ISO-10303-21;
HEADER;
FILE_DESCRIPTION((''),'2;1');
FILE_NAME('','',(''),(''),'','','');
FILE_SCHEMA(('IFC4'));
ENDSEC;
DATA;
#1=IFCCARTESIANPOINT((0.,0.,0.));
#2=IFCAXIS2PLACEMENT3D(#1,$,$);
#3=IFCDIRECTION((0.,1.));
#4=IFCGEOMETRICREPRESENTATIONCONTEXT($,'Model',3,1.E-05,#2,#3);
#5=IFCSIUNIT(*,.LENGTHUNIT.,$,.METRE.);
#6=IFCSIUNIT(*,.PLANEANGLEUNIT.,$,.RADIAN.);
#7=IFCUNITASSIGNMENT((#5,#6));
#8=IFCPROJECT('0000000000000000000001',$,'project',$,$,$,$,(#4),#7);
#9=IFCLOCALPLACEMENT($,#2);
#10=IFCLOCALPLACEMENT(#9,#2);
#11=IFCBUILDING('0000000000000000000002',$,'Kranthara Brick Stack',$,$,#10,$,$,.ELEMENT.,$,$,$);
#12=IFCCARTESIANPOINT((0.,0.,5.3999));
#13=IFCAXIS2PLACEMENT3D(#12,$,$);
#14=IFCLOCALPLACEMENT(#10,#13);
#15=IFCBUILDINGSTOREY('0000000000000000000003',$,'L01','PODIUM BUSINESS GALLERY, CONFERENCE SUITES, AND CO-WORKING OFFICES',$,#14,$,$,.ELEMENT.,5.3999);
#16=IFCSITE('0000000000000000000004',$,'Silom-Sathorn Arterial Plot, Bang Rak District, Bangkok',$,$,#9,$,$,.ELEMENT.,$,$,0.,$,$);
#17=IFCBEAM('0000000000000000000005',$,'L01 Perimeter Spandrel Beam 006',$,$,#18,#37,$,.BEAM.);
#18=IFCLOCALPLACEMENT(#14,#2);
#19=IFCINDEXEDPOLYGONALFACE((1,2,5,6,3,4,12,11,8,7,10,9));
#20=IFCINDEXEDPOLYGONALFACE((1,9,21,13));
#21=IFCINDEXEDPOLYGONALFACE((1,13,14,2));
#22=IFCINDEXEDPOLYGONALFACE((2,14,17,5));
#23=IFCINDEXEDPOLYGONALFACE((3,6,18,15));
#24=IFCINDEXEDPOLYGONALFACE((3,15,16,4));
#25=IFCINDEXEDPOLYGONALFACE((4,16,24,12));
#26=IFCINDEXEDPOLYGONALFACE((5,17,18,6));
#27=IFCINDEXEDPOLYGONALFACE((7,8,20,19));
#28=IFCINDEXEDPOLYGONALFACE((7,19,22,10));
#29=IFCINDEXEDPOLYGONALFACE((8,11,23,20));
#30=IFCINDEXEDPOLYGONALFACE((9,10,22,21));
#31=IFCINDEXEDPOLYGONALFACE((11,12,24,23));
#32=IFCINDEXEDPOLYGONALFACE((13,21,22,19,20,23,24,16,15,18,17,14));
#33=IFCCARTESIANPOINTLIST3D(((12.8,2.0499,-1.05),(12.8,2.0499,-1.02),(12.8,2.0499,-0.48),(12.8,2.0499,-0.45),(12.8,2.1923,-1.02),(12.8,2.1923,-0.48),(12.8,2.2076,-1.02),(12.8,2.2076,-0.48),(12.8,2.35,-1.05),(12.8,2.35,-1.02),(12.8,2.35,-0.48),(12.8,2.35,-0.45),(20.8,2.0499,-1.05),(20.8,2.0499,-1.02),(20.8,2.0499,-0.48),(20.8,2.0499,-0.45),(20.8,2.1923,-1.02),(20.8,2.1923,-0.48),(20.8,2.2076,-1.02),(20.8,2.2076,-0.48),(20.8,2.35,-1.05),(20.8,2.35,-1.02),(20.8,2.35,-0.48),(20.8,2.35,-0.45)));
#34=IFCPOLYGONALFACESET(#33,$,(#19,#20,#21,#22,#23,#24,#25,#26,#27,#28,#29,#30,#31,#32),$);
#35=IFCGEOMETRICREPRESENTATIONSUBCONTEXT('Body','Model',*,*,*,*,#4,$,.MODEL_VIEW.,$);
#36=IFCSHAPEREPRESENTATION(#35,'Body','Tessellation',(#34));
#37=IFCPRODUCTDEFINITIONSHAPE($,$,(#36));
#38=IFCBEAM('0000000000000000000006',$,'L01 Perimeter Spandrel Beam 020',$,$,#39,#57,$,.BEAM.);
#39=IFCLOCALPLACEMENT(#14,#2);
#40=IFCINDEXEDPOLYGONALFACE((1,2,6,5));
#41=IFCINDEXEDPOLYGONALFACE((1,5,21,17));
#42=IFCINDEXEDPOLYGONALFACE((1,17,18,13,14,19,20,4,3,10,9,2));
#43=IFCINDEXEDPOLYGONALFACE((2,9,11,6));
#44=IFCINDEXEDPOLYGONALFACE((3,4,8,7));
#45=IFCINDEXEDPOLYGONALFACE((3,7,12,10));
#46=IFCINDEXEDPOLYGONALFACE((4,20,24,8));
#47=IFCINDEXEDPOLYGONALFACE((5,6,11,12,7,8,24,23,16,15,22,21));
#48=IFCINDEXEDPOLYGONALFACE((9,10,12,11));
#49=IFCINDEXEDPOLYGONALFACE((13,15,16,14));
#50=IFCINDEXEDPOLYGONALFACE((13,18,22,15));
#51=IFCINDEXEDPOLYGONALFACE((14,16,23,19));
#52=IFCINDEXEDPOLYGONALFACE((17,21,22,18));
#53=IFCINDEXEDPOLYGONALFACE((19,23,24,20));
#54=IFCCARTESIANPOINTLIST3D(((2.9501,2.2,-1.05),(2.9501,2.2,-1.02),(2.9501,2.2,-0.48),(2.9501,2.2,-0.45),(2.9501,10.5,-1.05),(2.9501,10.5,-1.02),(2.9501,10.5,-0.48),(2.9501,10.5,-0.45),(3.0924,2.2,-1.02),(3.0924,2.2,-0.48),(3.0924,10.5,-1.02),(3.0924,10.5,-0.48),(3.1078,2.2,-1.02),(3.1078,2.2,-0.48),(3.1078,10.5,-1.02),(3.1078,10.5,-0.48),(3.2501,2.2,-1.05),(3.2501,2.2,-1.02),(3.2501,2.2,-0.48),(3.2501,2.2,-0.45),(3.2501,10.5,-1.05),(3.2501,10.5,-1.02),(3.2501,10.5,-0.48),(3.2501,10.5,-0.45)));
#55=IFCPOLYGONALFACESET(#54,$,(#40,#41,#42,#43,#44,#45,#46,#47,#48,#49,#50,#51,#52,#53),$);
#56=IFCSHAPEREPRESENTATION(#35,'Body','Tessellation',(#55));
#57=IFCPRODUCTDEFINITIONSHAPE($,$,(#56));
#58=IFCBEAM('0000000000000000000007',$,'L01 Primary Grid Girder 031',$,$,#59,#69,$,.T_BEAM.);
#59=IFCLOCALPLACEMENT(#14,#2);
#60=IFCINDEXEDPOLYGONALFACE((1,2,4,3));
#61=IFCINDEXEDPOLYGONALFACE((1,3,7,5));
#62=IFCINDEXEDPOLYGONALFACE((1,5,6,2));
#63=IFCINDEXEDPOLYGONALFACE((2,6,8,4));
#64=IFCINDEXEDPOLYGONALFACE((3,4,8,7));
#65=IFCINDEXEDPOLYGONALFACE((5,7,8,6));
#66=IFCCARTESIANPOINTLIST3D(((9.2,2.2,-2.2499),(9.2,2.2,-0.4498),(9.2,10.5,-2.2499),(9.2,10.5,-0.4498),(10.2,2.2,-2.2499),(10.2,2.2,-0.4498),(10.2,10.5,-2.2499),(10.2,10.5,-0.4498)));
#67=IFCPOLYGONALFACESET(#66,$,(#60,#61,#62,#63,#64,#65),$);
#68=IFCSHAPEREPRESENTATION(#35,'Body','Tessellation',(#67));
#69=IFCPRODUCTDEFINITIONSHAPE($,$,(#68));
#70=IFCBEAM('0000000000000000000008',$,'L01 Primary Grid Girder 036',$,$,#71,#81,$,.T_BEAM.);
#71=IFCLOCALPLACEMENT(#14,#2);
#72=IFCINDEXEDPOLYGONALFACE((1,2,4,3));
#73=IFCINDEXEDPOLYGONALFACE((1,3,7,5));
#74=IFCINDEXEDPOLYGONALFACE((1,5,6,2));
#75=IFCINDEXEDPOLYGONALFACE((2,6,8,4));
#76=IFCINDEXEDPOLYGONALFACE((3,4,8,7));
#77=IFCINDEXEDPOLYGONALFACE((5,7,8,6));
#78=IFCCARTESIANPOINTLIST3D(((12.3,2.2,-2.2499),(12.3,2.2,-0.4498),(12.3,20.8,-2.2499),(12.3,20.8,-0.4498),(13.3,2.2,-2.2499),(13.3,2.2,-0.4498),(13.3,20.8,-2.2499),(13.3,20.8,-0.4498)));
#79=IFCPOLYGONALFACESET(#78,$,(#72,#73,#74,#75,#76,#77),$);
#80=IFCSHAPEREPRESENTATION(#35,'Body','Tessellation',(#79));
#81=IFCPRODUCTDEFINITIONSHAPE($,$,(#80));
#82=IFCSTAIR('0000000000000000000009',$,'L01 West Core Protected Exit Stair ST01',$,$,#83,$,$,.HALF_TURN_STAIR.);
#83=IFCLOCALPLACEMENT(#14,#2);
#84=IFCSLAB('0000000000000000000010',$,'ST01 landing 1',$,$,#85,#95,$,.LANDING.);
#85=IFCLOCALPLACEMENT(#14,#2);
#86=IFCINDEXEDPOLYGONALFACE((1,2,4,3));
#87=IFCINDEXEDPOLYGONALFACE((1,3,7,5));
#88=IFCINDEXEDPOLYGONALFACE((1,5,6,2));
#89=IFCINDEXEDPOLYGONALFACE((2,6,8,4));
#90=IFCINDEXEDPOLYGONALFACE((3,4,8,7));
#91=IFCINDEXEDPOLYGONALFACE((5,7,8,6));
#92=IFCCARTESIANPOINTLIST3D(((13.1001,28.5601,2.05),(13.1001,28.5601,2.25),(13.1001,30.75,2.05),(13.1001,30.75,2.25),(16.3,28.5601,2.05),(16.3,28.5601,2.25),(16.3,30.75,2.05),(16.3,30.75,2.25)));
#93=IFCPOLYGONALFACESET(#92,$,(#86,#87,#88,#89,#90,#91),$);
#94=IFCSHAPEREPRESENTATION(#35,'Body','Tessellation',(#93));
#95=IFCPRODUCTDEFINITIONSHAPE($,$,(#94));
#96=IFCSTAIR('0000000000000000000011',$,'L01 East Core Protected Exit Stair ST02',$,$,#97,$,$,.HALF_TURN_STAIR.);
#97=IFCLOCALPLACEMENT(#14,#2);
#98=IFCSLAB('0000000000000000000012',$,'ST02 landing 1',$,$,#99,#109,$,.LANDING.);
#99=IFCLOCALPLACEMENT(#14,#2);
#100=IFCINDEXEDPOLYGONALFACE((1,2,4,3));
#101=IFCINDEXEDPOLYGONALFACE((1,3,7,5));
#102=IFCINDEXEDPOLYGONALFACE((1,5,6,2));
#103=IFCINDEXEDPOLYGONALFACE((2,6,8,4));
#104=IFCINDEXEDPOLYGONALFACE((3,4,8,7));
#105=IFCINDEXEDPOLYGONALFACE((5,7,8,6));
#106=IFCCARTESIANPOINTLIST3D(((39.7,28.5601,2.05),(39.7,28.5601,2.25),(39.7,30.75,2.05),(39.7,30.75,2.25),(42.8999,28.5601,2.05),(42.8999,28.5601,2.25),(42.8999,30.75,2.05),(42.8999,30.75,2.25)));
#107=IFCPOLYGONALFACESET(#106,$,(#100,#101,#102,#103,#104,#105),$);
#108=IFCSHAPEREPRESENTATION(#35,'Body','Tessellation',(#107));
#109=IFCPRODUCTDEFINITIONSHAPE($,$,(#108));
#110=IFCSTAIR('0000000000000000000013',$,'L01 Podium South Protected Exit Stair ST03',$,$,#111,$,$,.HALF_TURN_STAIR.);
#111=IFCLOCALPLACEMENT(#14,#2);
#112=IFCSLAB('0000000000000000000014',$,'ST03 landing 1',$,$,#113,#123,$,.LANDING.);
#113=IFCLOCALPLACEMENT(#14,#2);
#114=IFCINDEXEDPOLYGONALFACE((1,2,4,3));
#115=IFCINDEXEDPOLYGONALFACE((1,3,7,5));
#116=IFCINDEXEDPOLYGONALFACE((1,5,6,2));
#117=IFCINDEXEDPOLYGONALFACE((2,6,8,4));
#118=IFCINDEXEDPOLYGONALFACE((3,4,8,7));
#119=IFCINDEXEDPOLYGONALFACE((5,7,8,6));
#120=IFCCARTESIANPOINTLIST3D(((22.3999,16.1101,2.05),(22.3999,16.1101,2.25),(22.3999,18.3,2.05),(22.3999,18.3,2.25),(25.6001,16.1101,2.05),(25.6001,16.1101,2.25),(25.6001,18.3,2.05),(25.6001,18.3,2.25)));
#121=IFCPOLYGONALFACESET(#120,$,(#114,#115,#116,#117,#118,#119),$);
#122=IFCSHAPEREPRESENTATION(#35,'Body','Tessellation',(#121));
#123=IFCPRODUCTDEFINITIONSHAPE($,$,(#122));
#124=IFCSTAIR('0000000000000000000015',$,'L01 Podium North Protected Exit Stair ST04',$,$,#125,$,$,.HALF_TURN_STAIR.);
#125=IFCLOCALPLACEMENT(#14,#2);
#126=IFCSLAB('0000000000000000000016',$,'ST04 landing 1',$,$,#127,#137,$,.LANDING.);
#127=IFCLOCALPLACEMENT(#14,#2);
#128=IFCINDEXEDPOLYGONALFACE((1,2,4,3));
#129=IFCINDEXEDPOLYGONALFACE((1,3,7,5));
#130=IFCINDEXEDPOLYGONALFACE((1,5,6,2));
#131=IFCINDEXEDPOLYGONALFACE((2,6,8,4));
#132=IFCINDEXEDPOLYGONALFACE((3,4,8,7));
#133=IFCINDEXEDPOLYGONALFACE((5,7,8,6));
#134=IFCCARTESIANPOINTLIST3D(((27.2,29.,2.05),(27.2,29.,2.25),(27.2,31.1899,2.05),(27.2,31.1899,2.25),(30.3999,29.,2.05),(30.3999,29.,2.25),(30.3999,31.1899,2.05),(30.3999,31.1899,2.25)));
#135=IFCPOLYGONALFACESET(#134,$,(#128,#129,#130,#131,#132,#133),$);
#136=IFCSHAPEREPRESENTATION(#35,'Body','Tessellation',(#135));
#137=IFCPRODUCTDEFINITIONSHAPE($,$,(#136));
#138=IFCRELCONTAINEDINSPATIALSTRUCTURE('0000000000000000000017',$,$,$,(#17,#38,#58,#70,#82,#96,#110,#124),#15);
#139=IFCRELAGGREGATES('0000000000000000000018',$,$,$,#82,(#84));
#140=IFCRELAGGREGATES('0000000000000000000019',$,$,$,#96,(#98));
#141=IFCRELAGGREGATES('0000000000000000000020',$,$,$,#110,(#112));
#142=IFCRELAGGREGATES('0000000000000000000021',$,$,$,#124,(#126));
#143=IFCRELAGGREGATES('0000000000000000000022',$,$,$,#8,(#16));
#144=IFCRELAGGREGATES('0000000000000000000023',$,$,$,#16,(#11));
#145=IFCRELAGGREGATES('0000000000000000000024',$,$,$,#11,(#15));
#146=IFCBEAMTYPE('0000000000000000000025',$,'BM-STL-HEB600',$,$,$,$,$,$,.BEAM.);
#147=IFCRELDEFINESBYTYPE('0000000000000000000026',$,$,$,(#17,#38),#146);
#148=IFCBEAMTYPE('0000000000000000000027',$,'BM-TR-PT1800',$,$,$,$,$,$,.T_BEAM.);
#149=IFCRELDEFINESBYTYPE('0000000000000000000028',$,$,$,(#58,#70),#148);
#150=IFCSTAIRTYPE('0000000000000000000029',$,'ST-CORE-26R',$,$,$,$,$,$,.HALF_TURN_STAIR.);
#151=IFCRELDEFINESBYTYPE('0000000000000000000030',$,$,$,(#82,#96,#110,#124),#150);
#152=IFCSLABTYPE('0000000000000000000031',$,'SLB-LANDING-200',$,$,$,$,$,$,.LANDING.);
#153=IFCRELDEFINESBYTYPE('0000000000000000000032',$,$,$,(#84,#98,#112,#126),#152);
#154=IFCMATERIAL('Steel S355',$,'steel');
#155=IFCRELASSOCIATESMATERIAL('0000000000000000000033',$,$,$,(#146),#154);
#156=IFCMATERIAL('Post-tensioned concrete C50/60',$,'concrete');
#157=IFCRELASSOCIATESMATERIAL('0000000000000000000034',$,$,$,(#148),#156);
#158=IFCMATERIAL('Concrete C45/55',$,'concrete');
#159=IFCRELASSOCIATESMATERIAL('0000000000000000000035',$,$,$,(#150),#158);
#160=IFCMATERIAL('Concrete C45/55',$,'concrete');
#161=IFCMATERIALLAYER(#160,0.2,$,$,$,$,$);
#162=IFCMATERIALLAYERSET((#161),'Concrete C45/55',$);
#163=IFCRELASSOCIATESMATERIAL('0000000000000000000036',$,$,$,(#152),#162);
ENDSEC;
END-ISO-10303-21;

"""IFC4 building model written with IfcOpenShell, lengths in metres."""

from ifc_helpers import new_model, si_unit, direction, frame, origin, origin_2d, place, context, subcontext, project, spatial, polyline, rectangle, i_section, outline, extrude, material, layer, layer_set, material_profile, profile_set, type_object, element, aggregate, save


model = new_model("IFC4")

# Units and contexts
model_context = context("Model", 3, precision=1e-05, world=origin(), true_north=direction((0.0, 1.0)))
body_context = subcontext(model_context, "Body", "Model", "MODEL_VIEW")
ifc_project = project(units=[si_unit("LENGTHUNIT", "METRE"), si_unit("PLANEANGLEUNIT", "RADIAN")], contexts=[model_context])

# Site, building, storey
site_placement = place(None, origin())
site = spatial("IfcSite", under=ifc_project, at=site_placement, Name="Silom-Sathorn Arterial Plot, Bang Rak District, Bangkok", CompositionType="ELEMENT", RefElevation=0.0)
building_placement = place(site_placement, origin())
building = spatial("IfcBuilding", under=site, at=building_placement, Name="Kranthara Brick Stack", CompositionType="ELEMENT")
storey_placement = place(building_placement, frame((0.0, 0.0, 5.3999)))
storey = spatial("IfcBuildingStorey", under=building, at=storey_placement, Name="L01", Description="PODIUM BUSINESS GALLERY, CONFERENCE SUITES, AND CO-WORKING OFFICES", CompositionType="ELEMENT", Elevation=5.3999)

# Beams
ifc_material_1 = material(Name="Steel S355", Category="steel")
ifc_material_profile_1 = material_profile(ifc_material_1, i_section(OverallWidth=0.3, OverallDepth=0.6001, WebThickness=0.0154, FlangeThickness=0.03, at=origin_2d()), Name="HEB 600")
ifc_profile_set_1 = profile_set([ifc_material_profile_1], Name="Steel S355")
beam_type_1 = type_object("IfcBeamType", Name="BM-STL-HEB600", PredefinedType="BEAM", material=ifc_profile_set_1)
beam_1_placement = place(storey_placement, frame((12.8, 2.2, -0.75), z_axis=(1.0, 0.0, 0.0), x_axis=(0.0, 1.0, 0.0)))
element("IfcBeam", 1, at=beam_1_placement, inside=storey, type_object=beam_type_1, Name="L01 Perimeter Spandrel Beam 006", PredefinedType="BEAM", context=body_context, shape_type="SweptSolid", body=[
    extrude(i_section(OverallWidth=0.3, OverallDepth=0.6001, WebThickness=0.0154, FlangeThickness=0.03, at=origin_2d()), origin(), (0.0, 0.0, 1.0), 8.0),
])
beam_2_placement = place(storey_placement, frame((3.1001, 2.2, -0.75), z_axis=(0.0, 1.0, 0.0), x_axis=(-1.0, 0.0, 0.0)))
element("IfcBeam", 2, at=beam_2_placement, inside=storey, type_object=beam_type_1, Name="L01 Perimeter Spandrel Beam 020", PredefinedType="BEAM", context=body_context, shape_type="SweptSolid", body=[
    extrude(i_section(OverallWidth=0.3, OverallDepth=0.6001, WebThickness=0.0154, FlangeThickness=0.03, at=origin_2d()), origin(), (0.0, 0.0, 1.0), 8.3),
])
ifc_material_2 = material(Name="Post-tensioned concrete C50/60", Category="concrete")
ifc_material_profile_2 = material_profile(ifc_material_2, rectangle(XDim=1.0, YDim=1.8, at=origin_2d()), Name="PT 1000x1800")
ifc_profile_set_2 = profile_set([ifc_material_profile_2], Name="Post-tensioned concrete C50/60")
beam_type_2 = type_object("IfcBeamType", Name="BM-TR-PT1800", PredefinedType="T_BEAM", material=ifc_profile_set_2)
beam_3_placement = place(storey_placement, frame((9.7, 2.2, -1.3499), z_axis=(0.0, 1.0, 0.0), x_axis=(-1.0, 0.0, 0.0)))
element("IfcBeam", 3, at=beam_3_placement, inside=storey, type_object=beam_type_2, Name="L01 Primary Grid Girder 031", PredefinedType="T_BEAM", context=body_context, shape_type="SweptSolid", body=[
    extrude(rectangle(XDim=1.0, YDim=1.8, at=origin_2d()), origin(), (0.0, 0.0, 1.0), 8.3),
])
beam_4_placement = place(storey_placement, frame((12.8, 2.2, -1.3499), z_axis=(0.0, 1.0, 0.0), x_axis=(-1.0, 0.0, 0.0)))
element("IfcBeam", 4, at=beam_4_placement, inside=storey, type_object=beam_type_2, Name="L01 Primary Grid Girder 036", PredefinedType="T_BEAM", context=body_context, shape_type="SweptSolid", body=[
    extrude(rectangle(XDim=1.0, YDim=1.8, at=origin_2d()), origin(), (0.0, 0.0, 1.0), 18.6001),
])

# Stairs, slabs
ifc_material_3 = material(Name="Concrete C45/55", Category="concrete")
stair_type = type_object("IfcStairType", Name="ST-CORE-26R", PredefinedType="HALF_TURN_STAIR", material=ifc_material_3)
stair_1_placement = place(storey_placement, origin())
stair_1 = element("IfcStair", 5, at=stair_1_placement, inside=storey, type_object=stair_type, Name="L01 West Core Protected Exit Stair ST01", PredefinedType="HALF_TURN_STAIR")
ifc_material_4 = material(Name="Concrete C45/55", Category="concrete")
ifc_layer_1 = layer(ifc_material_4, 0.2)
ifc_layer_set_1 = layer_set([ifc_layer_1], Name="Concrete C45/55")
slab_type_1 = type_object("IfcSlabType", Name="SLB-LANDING-200", PredefinedType="LANDING", material=ifc_layer_set_1)
slab_1_placement = place(storey_placement, frame((0.0, 0.0, 2.05)))
slab_1 = element("IfcSlab", 6, at=slab_1_placement, type_object=slab_type_1, Name="ST01 landing 1", PredefinedType="LANDING", context=body_context, shape_type="SweptSolid", body=[
    extrude(outline(polyline([(16.3, 28.5601), (16.3, 30.75), (13.1001, 30.75), (13.1001, 28.5601), (16.3, 28.5601)])), origin(), (0.0, 0.0, 1.0), 0.2),
])
aggregate(stair_1, [slab_1])
stair_2_placement = place(storey_placement, origin())
stair_2 = element("IfcStair", 7, at=stair_2_placement, inside=storey, type_object=stair_type, Name="L01 East Core Protected Exit Stair ST02", PredefinedType="HALF_TURN_STAIR")
slab_2_placement = place(storey_placement, frame((0.0, 0.0, 2.05)))
slab_2 = element("IfcSlab", 8, at=slab_2_placement, type_object=slab_type_1, Name="ST02 landing 1", PredefinedType="LANDING", context=body_context, shape_type="SweptSolid", body=[
    extrude(outline(polyline([(42.8999, 28.5601), (42.8999, 30.75), (39.7, 30.75), (39.7, 28.5601), (42.8999, 28.5601)])), origin(), (0.0, 0.0, 1.0), 0.2),
])
aggregate(stair_2, [slab_2])
stair_3_placement = place(storey_placement, origin())
stair_3 = element("IfcStair", 9, at=stair_3_placement, inside=storey, type_object=stair_type, Name="L01 Podium South Protected Exit Stair ST03", PredefinedType="HALF_TURN_STAIR")
slab_3_placement = place(storey_placement, frame((0.0, 0.0, 2.05)))
slab_3 = element("IfcSlab", 10, at=slab_3_placement, type_object=slab_type_1, Name="ST03 landing 1", PredefinedType="LANDING", context=body_context, shape_type="SweptSolid", body=[
    extrude(outline(polyline([(25.6001, 16.1101), (25.6001, 18.3), (22.3999, 18.3), (22.3999, 16.1101), (25.6001, 16.1101)])), origin(), (0.0, 0.0, 1.0), 0.2),
])
aggregate(stair_3, [slab_3])
stair_4_placement = place(storey_placement, origin())
stair_4 = element("IfcStair", 11, at=stair_4_placement, inside=storey, type_object=stair_type, Name="L01 Podium North Protected Exit Stair ST04", PredefinedType="HALF_TURN_STAIR")
slab_4_placement = place(storey_placement, frame((0.0, 0.0, 2.05)))
slab_4 = element("IfcSlab", 12, at=slab_4_placement, type_object=slab_type_1, Name="ST04 landing 1", PredefinedType="LANDING", context=body_context, shape_type="SweptSolid", body=[
    extrude(outline(polyline([(27.2, 31.1899), (27.2, 29.0), (30.3999, 29.0), (30.3999, 31.1899), (27.2, 31.1899)])), origin(), (0.0, 0.0, 1.0), 0.2),
])
aggregate(stair_4, [slab_4])

save(model, "model.ifc")
